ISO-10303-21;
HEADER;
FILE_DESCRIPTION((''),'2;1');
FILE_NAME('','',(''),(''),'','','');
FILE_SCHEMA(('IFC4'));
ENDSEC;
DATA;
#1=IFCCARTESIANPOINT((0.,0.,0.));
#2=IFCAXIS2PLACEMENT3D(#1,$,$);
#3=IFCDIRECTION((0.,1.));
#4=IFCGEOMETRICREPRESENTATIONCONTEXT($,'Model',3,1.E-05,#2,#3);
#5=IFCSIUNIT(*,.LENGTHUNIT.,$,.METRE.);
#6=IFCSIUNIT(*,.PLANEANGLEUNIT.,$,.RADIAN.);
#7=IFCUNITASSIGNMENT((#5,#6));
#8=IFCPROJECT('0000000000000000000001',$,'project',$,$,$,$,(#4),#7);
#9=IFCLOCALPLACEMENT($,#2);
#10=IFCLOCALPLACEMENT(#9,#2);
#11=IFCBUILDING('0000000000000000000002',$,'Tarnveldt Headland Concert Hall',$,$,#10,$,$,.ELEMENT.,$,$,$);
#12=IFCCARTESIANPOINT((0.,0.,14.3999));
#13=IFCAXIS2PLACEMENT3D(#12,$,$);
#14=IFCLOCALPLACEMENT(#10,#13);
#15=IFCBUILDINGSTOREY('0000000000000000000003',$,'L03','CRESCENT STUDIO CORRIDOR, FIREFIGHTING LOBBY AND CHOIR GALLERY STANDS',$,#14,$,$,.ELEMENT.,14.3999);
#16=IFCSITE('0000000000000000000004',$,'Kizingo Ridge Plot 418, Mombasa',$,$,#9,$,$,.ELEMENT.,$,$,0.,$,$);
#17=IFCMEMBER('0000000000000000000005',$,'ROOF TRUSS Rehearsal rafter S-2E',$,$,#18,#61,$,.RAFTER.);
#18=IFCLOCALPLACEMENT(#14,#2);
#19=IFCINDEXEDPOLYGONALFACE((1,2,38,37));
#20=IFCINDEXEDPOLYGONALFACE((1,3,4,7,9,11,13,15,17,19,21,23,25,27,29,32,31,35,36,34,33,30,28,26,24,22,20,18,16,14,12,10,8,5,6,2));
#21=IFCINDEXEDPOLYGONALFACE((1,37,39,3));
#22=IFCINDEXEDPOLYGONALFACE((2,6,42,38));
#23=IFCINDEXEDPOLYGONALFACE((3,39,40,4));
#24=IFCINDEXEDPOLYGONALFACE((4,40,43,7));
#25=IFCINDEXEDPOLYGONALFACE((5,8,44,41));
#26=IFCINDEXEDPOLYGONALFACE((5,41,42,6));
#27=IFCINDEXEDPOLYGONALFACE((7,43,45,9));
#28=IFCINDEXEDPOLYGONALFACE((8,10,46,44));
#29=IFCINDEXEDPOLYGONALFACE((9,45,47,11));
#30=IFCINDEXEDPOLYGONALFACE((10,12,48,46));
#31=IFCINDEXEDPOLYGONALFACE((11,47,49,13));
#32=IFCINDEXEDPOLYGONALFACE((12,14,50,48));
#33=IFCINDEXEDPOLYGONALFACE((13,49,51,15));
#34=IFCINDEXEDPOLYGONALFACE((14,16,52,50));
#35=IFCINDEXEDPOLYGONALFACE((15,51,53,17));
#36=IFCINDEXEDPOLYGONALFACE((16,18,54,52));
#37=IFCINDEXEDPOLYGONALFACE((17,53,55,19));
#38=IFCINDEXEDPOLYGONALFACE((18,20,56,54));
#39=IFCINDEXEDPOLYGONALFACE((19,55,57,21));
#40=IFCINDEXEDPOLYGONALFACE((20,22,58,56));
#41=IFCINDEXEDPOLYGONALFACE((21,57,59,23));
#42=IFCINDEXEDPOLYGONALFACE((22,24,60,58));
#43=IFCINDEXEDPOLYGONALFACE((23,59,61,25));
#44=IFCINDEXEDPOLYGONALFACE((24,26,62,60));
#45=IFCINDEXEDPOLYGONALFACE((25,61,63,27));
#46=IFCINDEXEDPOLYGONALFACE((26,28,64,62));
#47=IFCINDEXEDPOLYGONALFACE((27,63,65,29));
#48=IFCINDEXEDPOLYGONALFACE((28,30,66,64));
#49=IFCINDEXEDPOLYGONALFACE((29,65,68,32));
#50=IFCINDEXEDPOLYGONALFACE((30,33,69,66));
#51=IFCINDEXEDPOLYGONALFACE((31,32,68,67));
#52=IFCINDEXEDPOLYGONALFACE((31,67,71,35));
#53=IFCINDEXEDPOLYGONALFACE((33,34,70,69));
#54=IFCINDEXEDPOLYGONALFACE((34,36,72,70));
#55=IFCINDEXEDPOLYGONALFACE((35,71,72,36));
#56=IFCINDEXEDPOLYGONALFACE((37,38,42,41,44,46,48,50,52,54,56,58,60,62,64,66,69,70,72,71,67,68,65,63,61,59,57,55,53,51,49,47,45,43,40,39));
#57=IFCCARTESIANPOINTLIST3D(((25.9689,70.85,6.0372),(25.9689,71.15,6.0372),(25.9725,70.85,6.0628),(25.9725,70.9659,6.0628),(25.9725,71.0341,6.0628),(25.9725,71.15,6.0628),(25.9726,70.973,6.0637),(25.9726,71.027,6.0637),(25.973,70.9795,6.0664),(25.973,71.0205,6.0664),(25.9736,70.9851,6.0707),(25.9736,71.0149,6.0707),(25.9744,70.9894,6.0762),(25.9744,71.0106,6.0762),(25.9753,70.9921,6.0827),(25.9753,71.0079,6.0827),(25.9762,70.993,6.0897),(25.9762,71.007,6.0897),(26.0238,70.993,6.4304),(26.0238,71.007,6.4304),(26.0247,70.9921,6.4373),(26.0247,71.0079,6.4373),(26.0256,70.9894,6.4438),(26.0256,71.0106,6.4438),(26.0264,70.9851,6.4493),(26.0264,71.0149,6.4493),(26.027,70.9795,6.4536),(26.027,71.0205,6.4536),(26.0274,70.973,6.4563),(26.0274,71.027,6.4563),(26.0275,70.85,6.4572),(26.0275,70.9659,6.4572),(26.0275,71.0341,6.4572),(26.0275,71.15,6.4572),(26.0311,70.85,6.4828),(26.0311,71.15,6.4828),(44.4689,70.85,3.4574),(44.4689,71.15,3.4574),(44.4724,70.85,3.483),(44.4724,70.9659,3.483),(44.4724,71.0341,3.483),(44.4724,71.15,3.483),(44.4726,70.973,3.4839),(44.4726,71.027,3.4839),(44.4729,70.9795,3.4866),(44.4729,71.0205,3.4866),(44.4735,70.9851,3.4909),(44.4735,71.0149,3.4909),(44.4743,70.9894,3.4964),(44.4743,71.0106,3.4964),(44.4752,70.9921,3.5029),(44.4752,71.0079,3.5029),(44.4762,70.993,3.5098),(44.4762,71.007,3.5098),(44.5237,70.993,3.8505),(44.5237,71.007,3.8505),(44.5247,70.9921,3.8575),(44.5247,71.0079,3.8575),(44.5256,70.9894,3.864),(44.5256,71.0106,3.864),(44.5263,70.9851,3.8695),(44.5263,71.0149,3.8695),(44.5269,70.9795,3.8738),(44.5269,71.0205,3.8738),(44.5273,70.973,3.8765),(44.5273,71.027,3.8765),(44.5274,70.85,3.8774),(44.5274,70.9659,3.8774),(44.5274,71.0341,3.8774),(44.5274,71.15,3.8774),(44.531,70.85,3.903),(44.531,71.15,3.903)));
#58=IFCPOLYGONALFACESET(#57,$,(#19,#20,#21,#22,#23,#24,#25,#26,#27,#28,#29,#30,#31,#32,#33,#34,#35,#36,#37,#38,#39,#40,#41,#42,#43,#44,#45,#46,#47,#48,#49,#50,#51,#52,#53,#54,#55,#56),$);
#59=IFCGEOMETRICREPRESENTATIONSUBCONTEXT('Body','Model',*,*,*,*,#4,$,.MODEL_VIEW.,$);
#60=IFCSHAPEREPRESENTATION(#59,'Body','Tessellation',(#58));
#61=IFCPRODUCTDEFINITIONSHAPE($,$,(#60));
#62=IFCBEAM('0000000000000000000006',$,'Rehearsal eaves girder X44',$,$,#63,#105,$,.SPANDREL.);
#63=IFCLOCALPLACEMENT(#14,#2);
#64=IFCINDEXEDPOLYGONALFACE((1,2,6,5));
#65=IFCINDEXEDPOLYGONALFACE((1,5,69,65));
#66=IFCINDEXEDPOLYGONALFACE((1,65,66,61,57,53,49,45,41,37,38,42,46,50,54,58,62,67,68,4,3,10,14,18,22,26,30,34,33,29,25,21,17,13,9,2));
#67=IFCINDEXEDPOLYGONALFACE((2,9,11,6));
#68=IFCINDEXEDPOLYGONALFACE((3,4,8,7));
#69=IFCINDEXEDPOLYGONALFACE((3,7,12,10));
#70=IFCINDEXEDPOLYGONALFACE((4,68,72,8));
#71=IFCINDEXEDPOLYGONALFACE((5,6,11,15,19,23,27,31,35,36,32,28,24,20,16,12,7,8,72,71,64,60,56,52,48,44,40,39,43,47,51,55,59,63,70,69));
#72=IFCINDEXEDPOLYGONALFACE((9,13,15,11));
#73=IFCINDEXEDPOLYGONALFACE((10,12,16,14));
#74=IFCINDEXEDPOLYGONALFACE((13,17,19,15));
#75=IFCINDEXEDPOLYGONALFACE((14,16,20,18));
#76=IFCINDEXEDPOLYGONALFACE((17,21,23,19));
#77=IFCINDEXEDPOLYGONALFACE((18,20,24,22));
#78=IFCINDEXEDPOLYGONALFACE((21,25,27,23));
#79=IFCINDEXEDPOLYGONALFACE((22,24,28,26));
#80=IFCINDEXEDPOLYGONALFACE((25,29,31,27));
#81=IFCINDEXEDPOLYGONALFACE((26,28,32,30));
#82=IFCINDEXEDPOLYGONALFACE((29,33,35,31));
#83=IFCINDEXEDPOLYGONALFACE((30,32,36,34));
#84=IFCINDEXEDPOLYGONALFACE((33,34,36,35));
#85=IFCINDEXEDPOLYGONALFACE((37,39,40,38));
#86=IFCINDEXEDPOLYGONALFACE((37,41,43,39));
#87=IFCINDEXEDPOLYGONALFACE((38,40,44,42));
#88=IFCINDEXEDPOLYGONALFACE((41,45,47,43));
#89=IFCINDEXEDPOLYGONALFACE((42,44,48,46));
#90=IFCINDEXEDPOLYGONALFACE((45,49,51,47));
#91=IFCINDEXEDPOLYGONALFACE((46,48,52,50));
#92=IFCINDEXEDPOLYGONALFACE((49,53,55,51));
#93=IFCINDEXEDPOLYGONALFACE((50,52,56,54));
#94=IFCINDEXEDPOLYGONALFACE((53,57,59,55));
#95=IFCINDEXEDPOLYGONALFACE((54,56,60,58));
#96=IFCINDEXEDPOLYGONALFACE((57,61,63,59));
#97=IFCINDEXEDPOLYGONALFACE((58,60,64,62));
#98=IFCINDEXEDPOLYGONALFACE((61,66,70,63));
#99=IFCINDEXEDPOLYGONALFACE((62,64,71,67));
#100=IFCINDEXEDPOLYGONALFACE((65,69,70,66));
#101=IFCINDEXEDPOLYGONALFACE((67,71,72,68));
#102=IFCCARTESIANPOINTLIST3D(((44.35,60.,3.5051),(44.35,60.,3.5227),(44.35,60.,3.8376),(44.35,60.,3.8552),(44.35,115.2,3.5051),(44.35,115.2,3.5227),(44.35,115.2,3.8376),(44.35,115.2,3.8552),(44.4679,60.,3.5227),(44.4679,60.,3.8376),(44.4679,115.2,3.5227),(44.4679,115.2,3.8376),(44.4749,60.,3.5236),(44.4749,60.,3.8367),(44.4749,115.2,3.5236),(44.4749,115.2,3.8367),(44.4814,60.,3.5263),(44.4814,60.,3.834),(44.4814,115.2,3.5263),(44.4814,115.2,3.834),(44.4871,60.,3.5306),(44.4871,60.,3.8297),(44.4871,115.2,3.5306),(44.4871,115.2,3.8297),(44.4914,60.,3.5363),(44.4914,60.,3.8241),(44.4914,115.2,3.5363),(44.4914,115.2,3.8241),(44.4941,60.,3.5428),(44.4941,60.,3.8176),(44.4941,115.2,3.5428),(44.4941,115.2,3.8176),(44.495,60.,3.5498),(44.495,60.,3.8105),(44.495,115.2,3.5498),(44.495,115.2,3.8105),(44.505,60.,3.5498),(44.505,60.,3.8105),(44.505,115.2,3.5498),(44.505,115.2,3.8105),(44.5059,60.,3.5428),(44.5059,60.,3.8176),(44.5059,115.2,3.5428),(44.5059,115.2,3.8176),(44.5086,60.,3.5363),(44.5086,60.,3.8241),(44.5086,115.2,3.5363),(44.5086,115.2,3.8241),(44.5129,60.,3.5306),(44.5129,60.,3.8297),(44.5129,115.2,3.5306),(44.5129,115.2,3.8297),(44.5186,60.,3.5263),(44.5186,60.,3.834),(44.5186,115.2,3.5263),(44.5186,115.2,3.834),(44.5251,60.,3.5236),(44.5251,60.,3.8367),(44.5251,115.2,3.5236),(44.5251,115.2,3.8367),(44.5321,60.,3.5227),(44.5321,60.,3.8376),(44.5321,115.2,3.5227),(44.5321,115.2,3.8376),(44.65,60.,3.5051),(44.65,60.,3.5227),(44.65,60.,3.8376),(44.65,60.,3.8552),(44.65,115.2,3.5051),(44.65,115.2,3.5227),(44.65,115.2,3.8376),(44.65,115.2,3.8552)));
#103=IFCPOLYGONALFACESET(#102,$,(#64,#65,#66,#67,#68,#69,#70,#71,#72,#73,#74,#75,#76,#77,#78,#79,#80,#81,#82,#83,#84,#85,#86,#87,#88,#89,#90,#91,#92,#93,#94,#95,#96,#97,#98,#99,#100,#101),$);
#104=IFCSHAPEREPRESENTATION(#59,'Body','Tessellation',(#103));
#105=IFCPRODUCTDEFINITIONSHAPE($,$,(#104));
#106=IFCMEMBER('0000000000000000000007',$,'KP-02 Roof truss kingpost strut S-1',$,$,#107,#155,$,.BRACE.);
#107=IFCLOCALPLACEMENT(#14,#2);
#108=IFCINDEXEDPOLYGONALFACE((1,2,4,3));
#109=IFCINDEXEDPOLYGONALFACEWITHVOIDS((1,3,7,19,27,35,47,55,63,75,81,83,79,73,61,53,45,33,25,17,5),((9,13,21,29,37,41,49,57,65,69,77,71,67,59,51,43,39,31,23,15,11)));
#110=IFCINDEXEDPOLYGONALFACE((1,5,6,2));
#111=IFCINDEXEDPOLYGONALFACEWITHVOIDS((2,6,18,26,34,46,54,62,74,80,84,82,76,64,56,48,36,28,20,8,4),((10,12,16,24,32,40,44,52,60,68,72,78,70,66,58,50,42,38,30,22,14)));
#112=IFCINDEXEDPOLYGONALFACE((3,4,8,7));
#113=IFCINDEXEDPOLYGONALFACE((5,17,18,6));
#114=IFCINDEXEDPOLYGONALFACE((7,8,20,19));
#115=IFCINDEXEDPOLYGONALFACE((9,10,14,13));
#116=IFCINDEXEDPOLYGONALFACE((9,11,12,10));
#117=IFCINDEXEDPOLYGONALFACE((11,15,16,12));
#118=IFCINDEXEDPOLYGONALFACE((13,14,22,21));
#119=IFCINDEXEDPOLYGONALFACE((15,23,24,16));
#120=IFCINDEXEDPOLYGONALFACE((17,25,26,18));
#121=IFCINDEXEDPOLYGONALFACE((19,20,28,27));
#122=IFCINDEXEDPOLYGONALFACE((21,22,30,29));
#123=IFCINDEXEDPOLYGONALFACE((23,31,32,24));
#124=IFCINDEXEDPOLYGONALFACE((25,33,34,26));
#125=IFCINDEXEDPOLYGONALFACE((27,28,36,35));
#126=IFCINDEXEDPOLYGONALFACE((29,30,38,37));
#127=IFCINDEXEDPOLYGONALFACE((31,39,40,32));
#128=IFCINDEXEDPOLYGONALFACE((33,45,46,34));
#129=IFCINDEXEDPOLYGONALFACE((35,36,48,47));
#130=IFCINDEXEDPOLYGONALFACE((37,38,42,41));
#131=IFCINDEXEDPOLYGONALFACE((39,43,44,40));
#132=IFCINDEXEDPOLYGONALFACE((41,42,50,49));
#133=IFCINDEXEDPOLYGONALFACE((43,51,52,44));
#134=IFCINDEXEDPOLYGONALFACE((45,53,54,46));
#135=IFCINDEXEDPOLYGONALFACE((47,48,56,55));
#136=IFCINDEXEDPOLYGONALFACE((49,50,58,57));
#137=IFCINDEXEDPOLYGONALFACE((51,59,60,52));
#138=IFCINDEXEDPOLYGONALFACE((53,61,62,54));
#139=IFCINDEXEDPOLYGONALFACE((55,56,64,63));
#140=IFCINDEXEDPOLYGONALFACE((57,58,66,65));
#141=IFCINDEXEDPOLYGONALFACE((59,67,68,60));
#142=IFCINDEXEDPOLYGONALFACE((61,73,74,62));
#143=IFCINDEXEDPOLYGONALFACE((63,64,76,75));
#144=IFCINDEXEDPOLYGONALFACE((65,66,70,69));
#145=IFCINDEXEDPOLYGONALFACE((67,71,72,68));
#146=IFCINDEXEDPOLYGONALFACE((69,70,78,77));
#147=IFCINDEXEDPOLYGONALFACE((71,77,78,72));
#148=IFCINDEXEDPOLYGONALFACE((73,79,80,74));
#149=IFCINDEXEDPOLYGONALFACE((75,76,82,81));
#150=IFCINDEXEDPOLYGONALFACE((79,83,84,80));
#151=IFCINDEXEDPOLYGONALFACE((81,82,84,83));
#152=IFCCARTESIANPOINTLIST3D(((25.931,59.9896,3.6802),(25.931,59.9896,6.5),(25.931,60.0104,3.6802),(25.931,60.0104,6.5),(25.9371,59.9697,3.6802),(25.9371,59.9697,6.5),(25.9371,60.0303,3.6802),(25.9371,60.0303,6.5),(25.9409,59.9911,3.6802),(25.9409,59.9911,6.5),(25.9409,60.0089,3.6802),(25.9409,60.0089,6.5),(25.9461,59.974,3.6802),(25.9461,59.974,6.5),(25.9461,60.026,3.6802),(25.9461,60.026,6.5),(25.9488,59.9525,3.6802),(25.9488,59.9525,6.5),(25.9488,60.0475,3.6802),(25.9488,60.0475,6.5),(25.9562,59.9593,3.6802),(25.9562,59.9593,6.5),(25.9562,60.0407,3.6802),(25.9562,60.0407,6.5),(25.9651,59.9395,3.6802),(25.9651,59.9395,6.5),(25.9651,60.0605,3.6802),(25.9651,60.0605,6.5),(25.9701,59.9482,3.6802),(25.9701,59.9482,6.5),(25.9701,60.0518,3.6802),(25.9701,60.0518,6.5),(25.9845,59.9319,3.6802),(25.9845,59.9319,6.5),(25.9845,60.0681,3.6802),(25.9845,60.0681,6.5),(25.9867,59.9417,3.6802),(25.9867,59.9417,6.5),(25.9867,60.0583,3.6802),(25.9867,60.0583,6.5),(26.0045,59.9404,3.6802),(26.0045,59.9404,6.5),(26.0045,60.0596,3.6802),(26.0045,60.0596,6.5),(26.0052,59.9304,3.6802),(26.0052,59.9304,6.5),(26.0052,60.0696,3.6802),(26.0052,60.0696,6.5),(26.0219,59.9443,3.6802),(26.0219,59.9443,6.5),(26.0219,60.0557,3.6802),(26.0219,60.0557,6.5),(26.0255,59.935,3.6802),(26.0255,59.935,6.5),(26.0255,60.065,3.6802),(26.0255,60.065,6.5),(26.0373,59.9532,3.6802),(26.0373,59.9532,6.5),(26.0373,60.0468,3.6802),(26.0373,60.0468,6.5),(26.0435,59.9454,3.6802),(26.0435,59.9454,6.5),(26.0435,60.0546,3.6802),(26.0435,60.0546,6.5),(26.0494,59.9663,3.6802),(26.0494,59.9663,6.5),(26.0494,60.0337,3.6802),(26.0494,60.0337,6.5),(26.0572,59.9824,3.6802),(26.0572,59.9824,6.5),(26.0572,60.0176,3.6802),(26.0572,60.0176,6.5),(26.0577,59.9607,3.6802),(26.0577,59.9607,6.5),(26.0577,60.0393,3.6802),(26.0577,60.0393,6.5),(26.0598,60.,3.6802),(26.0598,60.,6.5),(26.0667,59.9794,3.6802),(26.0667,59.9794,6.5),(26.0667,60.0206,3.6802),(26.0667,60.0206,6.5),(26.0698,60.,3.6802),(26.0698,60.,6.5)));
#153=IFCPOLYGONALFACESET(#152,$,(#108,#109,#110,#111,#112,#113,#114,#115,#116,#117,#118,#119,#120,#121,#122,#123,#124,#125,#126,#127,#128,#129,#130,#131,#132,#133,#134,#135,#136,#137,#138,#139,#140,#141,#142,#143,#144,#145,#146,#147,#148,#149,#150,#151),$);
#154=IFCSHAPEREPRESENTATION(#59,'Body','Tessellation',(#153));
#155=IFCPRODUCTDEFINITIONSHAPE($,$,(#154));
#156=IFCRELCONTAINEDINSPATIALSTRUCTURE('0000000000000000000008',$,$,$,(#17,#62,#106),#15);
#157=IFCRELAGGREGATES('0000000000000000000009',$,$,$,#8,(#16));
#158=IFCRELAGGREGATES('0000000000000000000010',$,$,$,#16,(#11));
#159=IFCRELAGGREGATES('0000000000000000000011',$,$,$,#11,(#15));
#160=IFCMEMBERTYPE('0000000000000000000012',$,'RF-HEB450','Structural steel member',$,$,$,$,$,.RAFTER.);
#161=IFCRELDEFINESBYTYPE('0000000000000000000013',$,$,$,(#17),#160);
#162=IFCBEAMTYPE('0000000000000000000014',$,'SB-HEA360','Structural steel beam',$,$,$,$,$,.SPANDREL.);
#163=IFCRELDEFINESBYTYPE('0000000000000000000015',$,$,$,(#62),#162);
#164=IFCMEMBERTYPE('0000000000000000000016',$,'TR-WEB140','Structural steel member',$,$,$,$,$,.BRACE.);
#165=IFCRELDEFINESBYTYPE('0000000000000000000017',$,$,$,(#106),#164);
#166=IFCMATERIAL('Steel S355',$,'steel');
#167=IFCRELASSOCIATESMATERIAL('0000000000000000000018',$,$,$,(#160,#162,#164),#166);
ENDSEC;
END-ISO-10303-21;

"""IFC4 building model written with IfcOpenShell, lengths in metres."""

from ifc_helpers import new_model, si_unit, direction, frame, origin, origin_2d, place, context, subcontext, project, spatial, hollow_circle, i_section, extrude, material, material_profile, profile_set, type_object, element, save


model = new_model("IFC4")

# Units and contexts
model_context = context("Model", 3, precision=1e-05, world=origin(), true_north=direction((0.0, 1.0)))
body_context = subcontext(model_context, "Body", "Model", "MODEL_VIEW")
ifc_project = project(units=[si_unit("LENGTHUNIT", "METRE"), si_unit("PLANEANGLEUNIT", "RADIAN")], contexts=[model_context])

# Site, building, storey
site_placement = place(None, origin())
site = spatial("IfcSite", under=ifc_project, at=site_placement, Name="Kizingo Ridge Plot 418, Mombasa", CompositionType="ELEMENT", RefElevation=0.0)
building_placement = place(site_placement, origin())
building = spatial("IfcBuilding", under=site, at=building_placement, Name="Tarnveldt Headland Concert Hall", CompositionType="ELEMENT")
storey_placement = place(building_placement, frame((0.0, 0.0, 14.3999)))
storey = spatial("IfcBuildingStorey", under=building, at=storey_placement, Name="L03", Description="CRESCENT STUDIO CORRIDOR, FIREFIGHTING LOBBY AND CHOIR GALLERY STANDS", CompositionType="ELEMENT", Elevation=14.3999)

# Shared definitions
ifc_material_1 = material(Name="Steel S355", Category="steel")

# Member
ifc_material_profile_1 = material_profile(ifc_material_1, i_section(OverallWidth=0.3, OverallDepth=0.45, WebThickness=0.0139, FlangeThickness=0.0259, FilletRadius=0.0271, at=origin_2d()), Name="HEB450", Category="steel")
ifc_profile_set_1 = profile_set([ifc_material_profile_1], Name="Steel S355")
member_type_1 = type_object("IfcMemberType", Name="RF-HEB450", Description="Structural steel member", PredefinedType="RAFTER", material=ifc_profile_set_1)
member_placement = place(storey_placement, frame((26.0, 71.0, 6.26), z_axis=(0.990416, 0.0, -0.138114), x_axis=(0.0, 1.0, 0.0)))
element("IfcMember", 1, at=member_placement, inside=storey, type_object=member_type_1, Name="ROOF TRUSS Rehearsal rafter S-2E", PredefinedType="RAFTER", context=body_context, shape_type="SweptSolid", body=[
    extrude(i_section(OverallWidth=0.3, OverallDepth=0.45, WebThickness=0.0139, FlangeThickness=0.0259, FilletRadius=0.0271, at=origin_2d()), origin(), (0.0, 0.0, 1.0), 18.679),
])

# Beam
ifc_material_profile_2 = material_profile(ifc_material_1, i_section(OverallWidth=0.3, OverallDepth=0.3501, WebThickness=0.01, FlangeThickness=0.0176, FilletRadius=0.0271, at=origin_2d()), Name="HEA360", Category="steel")
ifc_profile_set_2 = profile_set([ifc_material_profile_2], Name="Steel S355")
beam_type = type_object("IfcBeamType", Name="SB-HEA360", Description="Structural steel beam", PredefinedType="SPANDREL", material=ifc_profile_set_2)
beam_placement = place(storey_placement, frame((44.5, 60.0, 3.6802), z_axis=(0.0, 1.0, 0.0), x_axis=(-1.0, 0.0, 0.0)))
element("IfcBeam", 2, at=beam_placement, inside=storey, type_object=beam_type, Name="Rehearsal eaves girder X44", PredefinedType="SPANDREL", context=body_context, shape_type="SweptSolid", body=[
    extrude(i_section(OverallWidth=0.3, OverallDepth=0.3501, WebThickness=0.01, FlangeThickness=0.0176, FilletRadius=0.0271, at=origin_2d()), origin(), (0.0, 0.0, 1.0), 55.2),
])

# Member
ifc_material_profile_3 = material_profile(ifc_material_1, hollow_circle(Radius=0.0698, WallThickness=0.01, at=origin_2d()), Name="CHS 139.7x10", Category="steel")
ifc_profile_set_3 = profile_set([ifc_material_profile_3], Name="Steel S355")
member_type_2 = type_object("IfcMemberType", Name="TR-WEB140", Description="Structural steel member", PredefinedType="BRACE", material=ifc_profile_set_3)
for number, where, z_axis, x_axis, name in (
    (3, (26.0, 60.0, 3.6802), (0.0, 0.0, 1.0), (1.0, 0.0, 0.0), "KP-02 Roof truss kingpost strut S-1"),
):
    element("IfcMember", number, at=place(storey_placement, frame(where, z_axis=z_axis, x_axis=x_axis)), inside=storey, type_object=member_type_2, Name=name, PredefinedType="BRACE", context=body_context, shape_type="SweptSolid", body=[
        extrude(hollow_circle(Radius=0.0698, WallThickness=0.01, at=origin_2d()), origin(), (0.0, 0.0, 1.0), 2.8198),
    ])

save(model, "model.ifc")
